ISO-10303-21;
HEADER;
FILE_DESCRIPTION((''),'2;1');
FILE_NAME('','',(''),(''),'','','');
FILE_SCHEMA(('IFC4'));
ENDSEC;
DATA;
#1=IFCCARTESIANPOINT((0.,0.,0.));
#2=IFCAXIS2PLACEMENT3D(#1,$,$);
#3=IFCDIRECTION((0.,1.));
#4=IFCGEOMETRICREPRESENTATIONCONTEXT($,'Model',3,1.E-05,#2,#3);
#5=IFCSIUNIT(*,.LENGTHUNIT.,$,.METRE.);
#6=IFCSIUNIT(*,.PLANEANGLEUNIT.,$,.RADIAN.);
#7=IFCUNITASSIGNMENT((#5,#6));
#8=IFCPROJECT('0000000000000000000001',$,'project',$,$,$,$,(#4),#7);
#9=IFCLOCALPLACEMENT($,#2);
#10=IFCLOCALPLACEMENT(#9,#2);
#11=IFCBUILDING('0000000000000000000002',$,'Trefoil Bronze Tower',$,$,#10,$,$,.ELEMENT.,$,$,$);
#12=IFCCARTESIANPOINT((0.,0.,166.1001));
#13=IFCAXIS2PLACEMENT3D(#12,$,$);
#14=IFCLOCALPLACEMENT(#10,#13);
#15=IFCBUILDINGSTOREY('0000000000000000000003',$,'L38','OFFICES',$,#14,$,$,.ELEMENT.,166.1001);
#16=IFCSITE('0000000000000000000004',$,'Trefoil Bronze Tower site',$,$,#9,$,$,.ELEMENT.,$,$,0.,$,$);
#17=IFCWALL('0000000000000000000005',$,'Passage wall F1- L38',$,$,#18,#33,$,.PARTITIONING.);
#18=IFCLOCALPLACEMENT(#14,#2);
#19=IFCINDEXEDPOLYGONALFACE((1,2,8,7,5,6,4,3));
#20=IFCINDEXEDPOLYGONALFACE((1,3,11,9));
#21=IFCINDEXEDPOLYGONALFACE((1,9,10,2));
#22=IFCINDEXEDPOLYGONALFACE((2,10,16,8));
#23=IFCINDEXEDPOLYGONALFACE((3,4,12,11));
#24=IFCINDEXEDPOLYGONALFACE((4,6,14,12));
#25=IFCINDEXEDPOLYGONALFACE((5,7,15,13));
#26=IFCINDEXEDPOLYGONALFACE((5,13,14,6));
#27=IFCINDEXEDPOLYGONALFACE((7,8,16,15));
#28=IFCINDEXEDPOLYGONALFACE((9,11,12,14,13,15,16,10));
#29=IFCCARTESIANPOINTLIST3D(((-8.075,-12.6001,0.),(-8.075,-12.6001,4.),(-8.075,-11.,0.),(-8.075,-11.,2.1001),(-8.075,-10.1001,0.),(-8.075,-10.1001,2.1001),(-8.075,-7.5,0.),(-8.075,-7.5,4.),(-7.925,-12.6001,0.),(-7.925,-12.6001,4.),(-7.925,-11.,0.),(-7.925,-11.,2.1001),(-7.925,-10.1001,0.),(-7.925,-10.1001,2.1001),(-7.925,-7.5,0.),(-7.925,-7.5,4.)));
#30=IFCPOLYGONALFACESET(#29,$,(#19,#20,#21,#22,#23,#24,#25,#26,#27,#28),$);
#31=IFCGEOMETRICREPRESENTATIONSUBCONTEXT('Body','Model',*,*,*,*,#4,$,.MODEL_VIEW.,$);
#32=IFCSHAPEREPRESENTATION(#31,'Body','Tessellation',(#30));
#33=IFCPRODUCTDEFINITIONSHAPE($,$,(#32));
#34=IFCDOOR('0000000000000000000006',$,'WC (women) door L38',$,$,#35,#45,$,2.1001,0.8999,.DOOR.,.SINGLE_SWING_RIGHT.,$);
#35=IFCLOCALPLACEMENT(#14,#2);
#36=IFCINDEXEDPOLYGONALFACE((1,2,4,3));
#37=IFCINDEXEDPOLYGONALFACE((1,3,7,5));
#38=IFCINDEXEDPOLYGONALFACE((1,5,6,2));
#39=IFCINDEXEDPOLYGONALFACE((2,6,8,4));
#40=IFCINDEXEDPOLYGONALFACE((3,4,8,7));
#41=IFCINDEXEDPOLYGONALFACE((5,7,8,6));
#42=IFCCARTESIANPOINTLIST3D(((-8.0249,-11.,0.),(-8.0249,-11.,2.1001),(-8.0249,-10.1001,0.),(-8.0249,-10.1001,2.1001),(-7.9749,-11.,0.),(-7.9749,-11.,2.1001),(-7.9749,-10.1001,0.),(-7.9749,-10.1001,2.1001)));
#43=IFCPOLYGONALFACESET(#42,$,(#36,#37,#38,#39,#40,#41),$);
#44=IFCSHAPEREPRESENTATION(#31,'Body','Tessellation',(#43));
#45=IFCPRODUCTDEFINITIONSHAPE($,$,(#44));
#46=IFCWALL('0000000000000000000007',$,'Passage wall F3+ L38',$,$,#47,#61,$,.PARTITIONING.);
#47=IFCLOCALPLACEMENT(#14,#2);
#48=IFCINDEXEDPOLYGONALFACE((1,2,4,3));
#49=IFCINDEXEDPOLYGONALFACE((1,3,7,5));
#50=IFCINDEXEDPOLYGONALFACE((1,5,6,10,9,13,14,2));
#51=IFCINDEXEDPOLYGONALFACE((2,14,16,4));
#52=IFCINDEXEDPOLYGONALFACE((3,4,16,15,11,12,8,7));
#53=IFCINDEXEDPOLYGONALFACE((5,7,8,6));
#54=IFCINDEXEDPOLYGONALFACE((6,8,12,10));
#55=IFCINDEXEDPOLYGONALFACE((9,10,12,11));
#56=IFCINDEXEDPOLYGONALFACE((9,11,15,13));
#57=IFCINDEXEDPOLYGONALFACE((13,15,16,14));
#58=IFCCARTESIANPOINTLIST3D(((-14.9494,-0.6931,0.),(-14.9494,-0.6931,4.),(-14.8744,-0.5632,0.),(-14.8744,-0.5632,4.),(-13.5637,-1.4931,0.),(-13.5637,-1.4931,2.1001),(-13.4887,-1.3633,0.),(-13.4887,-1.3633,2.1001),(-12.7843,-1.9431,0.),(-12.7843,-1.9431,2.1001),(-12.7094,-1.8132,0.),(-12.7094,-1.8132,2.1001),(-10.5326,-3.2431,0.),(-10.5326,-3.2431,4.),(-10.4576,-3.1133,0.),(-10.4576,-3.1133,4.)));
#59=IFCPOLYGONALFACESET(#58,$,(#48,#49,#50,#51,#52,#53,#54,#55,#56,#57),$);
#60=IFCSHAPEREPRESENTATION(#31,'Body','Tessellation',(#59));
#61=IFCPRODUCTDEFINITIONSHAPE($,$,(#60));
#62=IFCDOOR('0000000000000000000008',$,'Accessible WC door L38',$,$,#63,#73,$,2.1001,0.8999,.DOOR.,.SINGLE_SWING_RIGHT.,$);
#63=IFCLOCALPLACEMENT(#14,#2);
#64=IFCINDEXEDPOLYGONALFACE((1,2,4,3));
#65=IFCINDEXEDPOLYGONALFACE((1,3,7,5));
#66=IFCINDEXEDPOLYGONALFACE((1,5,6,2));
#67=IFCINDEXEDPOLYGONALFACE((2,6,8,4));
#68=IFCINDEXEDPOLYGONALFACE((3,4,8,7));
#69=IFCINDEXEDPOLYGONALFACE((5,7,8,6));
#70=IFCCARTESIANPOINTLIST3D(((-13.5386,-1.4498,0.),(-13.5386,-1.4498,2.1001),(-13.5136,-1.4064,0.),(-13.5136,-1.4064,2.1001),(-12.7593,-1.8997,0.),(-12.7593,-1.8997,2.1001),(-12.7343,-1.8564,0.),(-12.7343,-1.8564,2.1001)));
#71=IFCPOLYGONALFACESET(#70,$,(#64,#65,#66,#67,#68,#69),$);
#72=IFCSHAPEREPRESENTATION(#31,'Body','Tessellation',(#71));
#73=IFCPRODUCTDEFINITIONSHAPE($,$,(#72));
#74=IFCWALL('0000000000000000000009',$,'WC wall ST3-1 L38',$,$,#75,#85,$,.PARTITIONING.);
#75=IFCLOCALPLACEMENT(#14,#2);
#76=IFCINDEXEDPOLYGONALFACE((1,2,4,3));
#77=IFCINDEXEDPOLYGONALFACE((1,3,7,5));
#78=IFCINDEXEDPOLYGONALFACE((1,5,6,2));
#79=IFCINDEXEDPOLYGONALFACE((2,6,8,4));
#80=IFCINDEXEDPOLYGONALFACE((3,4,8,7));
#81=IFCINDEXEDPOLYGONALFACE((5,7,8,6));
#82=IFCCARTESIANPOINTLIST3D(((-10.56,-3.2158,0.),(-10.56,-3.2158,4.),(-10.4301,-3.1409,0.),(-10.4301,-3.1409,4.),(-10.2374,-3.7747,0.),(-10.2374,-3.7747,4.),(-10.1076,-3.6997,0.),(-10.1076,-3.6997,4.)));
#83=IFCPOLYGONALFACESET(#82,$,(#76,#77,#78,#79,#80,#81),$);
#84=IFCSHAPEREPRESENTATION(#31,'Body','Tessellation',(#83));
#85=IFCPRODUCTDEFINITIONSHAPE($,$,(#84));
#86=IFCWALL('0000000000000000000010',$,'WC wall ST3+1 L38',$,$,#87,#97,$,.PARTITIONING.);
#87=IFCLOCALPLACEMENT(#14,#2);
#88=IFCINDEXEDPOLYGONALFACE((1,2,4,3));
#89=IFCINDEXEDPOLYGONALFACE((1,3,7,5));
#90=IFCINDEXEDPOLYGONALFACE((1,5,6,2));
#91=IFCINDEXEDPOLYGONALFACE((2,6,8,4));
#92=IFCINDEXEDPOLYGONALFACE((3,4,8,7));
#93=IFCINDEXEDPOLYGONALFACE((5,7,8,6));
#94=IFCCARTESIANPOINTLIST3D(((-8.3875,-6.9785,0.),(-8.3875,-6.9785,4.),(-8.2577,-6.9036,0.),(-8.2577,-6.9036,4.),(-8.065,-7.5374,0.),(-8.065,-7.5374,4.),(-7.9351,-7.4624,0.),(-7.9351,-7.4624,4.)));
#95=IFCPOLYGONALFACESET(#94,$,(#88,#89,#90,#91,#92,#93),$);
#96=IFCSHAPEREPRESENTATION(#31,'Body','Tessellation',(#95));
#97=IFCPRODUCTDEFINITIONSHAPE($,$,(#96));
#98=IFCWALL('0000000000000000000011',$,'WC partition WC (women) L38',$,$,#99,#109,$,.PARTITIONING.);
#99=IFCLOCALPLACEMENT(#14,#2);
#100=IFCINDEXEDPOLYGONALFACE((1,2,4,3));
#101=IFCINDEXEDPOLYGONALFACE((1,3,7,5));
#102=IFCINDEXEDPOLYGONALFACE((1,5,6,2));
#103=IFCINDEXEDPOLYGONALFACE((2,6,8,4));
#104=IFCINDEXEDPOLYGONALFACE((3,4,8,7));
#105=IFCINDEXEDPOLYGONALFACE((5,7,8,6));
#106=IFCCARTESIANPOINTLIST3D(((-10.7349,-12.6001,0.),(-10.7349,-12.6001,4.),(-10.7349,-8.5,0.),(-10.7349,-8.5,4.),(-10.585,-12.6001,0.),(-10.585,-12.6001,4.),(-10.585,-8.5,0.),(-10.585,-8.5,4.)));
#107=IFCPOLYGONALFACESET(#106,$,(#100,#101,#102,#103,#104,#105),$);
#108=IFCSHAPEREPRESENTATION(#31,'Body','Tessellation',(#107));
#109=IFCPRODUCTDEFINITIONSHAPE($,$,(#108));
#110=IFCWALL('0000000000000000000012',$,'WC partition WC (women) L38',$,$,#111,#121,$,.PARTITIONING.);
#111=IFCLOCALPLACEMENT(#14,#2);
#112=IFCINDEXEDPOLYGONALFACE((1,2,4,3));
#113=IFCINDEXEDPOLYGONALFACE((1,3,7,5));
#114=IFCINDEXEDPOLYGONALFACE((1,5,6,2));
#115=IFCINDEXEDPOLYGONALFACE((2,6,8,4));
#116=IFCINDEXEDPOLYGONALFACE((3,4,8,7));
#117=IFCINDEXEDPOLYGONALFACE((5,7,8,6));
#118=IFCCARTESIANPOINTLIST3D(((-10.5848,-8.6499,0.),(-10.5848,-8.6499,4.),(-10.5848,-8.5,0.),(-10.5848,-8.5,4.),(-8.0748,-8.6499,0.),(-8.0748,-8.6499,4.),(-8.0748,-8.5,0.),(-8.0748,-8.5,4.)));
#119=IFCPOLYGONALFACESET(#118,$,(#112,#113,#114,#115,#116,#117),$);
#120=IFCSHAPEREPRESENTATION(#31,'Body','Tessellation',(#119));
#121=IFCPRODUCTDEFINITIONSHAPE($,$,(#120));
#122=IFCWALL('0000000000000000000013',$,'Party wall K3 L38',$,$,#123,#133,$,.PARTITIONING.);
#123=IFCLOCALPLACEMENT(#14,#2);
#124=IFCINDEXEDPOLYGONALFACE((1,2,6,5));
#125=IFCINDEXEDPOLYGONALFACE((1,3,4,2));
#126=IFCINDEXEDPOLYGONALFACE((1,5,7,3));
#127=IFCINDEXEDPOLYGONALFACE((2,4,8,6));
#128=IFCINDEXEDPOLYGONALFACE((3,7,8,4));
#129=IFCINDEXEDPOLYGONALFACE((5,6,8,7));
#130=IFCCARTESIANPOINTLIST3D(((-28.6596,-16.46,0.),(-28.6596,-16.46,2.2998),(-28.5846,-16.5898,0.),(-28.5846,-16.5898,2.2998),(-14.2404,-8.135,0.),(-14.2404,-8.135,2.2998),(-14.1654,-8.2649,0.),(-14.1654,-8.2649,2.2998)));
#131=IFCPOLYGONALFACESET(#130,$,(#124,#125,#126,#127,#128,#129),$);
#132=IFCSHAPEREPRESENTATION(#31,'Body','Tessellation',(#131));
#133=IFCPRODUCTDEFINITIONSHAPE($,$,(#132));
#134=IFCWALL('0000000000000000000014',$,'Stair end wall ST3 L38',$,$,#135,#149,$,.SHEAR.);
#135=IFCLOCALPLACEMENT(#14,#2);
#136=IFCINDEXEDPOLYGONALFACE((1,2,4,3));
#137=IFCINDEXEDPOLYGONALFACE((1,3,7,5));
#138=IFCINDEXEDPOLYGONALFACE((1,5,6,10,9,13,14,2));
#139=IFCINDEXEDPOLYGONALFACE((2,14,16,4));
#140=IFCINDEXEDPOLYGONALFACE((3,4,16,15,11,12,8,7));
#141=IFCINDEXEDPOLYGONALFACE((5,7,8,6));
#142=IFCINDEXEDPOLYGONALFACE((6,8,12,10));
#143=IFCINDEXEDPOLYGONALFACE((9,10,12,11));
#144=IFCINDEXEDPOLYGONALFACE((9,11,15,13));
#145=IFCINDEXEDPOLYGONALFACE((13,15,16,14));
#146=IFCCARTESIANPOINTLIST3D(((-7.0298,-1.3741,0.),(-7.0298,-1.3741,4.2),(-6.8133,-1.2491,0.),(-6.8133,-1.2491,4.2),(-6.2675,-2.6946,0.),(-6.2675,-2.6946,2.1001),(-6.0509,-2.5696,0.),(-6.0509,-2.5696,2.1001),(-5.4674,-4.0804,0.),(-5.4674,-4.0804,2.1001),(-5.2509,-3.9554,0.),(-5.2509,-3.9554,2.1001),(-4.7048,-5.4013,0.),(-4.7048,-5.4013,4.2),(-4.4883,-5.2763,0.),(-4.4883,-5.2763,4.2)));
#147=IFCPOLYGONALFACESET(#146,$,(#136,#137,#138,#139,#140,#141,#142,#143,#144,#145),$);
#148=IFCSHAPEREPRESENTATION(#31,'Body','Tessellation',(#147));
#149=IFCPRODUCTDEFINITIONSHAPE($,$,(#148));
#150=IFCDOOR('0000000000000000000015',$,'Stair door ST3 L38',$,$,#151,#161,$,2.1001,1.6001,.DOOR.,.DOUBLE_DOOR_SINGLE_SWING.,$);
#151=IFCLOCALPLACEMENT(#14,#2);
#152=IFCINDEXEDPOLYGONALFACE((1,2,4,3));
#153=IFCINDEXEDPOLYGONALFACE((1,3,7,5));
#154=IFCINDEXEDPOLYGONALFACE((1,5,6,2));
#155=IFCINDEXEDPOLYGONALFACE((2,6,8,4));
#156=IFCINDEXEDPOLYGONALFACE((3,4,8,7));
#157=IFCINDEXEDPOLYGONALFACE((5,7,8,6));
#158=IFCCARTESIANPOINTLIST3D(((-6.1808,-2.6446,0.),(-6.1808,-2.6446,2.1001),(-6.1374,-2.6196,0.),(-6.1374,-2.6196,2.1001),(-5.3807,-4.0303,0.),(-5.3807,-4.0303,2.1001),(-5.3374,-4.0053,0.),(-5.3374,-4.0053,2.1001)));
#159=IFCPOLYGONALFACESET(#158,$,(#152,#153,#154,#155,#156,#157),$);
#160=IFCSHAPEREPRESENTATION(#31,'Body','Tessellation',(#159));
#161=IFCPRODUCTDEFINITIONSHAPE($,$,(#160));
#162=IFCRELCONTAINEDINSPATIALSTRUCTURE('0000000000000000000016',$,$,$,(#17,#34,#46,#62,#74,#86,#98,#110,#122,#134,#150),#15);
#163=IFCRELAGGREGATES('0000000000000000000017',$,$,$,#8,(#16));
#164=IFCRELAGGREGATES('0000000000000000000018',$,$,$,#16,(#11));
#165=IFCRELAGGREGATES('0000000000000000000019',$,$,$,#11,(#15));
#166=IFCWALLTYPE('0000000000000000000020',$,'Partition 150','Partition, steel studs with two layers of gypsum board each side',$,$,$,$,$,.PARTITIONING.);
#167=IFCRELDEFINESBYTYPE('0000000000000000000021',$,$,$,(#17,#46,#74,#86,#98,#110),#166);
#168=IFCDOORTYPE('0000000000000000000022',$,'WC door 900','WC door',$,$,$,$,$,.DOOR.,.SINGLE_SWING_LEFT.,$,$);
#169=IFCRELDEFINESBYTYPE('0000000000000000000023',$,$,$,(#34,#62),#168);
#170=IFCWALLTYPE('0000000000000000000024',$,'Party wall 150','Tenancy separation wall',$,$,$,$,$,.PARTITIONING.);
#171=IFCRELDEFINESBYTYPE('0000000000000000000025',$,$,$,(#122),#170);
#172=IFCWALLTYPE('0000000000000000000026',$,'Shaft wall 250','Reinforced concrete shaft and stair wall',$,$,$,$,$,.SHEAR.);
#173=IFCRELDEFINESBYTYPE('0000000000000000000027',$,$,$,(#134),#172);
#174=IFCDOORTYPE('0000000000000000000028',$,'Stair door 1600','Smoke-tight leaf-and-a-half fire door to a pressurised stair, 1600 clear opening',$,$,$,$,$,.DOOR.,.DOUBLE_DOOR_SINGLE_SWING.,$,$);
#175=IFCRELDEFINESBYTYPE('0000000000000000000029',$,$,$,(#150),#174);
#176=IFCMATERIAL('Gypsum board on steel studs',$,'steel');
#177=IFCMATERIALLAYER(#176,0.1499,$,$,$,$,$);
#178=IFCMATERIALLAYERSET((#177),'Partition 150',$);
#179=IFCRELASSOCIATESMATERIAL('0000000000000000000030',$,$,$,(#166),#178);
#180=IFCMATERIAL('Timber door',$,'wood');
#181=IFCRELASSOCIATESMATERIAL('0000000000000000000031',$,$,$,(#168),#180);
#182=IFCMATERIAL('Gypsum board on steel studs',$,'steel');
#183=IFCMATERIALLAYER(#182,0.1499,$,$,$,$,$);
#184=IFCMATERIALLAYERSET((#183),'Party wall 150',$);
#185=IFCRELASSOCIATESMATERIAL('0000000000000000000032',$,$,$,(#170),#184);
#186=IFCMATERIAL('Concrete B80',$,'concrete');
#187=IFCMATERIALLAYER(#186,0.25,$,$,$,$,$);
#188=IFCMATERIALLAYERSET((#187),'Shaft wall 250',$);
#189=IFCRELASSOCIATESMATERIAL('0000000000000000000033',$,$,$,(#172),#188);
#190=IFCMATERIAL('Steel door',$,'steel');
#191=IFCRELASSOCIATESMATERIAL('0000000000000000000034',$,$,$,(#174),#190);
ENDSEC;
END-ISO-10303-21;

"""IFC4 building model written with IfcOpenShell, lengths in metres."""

from ifc_helpers import new_model, si_unit, direction, frame, frame_2d, origin, place, context, subcontext, project, spatial, rectangle, extrude, material, layer, layer_set, type_object, element, fill, save


model = new_model("IFC4")

# Units and contexts
model_context = context("Model", 3, precision=1e-05, world=origin(), true_north=direction((0.0, 1.0)))
body_context = subcontext(model_context, "Body", "Model", "MODEL_VIEW")
ifc_project = project(units=[si_unit("LENGTHUNIT", "METRE"), si_unit("PLANEANGLEUNIT", "RADIAN")], contexts=[model_context])

# Site, building, storey
site_placement = place(None, origin())
site = spatial("IfcSite", under=ifc_project, at=site_placement, Name="Trefoil Bronze Tower site", CompositionType="ELEMENT", RefElevation=0.0)
building_placement = place(site_placement, origin())
building = spatial("IfcBuilding", under=site, at=building_placement, Name="Trefoil Bronze Tower", CompositionType="ELEMENT")
storey_placement = place(building_placement, frame((0.0, 0.0, 166.1001)))
storey = spatial("IfcBuildingStorey", under=building, at=storey_placement, Name="L38", Description="OFFICES", CompositionType="ELEMENT", Elevation=166.1001)

# Walls, openings, doors
ifc_material_1 = material(Name="Gypsum board on steel studs", Category="steel")
ifc_layer_1 = layer(ifc_material_1, 0.1499)
ifc_layer_set_1 = layer_set([ifc_layer_1], Name="Partition 150")
wall_type_1 = type_object("IfcWallType", Name="Partition 150", Description="Partition, steel studs with two layers of gypsum board each side", PredefinedType="PARTITIONING", material=ifc_layer_set_1)
wall_1_placement = place(storey_placement, frame((-8.0, -7.5, 0.0), z_axis=(0.0, 0.0, 1.0), x_axis=(0.0, -1.0, 0.0)))
wall_1 = element("IfcWall", 1, at=wall_1_placement, inside=storey, type_object=wall_type_1, Name="Passage wall F1- L38", PredefinedType="PARTITIONING", context=body_context, shape_type="SweptSolid", body=[
    extrude(rectangle(XDim=5.1001, YDim=0.1499, at=frame_2d((2.55, 0.0))), origin(), (0.0, 0.0, 1.0), 4.0),
])
opening_1_placement = place(wall_1_placement, frame((2.6001, 0.0, 0.0)))
opening_1 = element("IfcOpeningElement", 2, at=opening_1_placement, cuts=wall_1, PredefinedType="OPENING", context=body_context, shape_type="SweptSolid", body=[
    extrude(rectangle(XDim=0.8999, YDim=2.1001, at=frame_2d((0.45, 1.05))), frame((0.0, 0.085, 0.0), z_axis=(0.0, -1.0, 0.0), x_axis=(1.0, 0.0, 0.0)), (0.0, 0.0, 1.0), 0.1699),
])
ifc_material_2 = material(Name="Timber door", Category="wood")
door_type_1 = type_object("IfcDoorType", Name="WC door 900", Description="WC door", OperationType="SINGLE_SWING_LEFT", PredefinedType="DOOR", material=ifc_material_2)
door_1_placement = place(opening_1_placement, frame((0.8999, 0.0, 0.0), z_axis=(0.0, 0.0, 1.0), x_axis=(-1.0, 0.0, 0.0)))
door_1 = element("IfcDoor", 3, at=door_1_placement, inside=storey, type_object=door_type_1, Name="WC (women) door L38", OperationType="SINGLE_SWING_RIGHT", OverallHeight=2.1001, OverallWidth=0.8999, PredefinedType="DOOR", context=body_context, shape_type="SweptSolid", body=[
    extrude(rectangle(XDim=0.8999, YDim=2.1001, at=frame_2d((0.45, 1.05))), frame((0.0, 0.0249, 0.0), z_axis=(0.0, -1.0, 0.0), x_axis=(1.0, 0.0, 0.0)), (0.0, 0.0, 1.0), 0.05),
])
fill(opening_1, door_1)
wall_2_placement = place(storey_placement, frame((-10.4951, -3.1782, 0.0), z_axis=(0.0, 0.0, 1.0), x_axis=(-0.866022, 0.500006, 0.0)))
wall_2 = element("IfcWall", 4, at=wall_2_placement, inside=storey, type_object=wall_type_1, Name="Passage wall F3+ L38", PredefinedType="PARTITIONING", context=body_context, shape_type="SweptSolid", body=[
    extrude(rectangle(XDim=5.1001, YDim=0.1499, at=frame_2d((2.55, 0.0))), origin(), (0.0, 0.0, 1.0), 4.0),
])
opening_2_placement = place(wall_2_placement, frame((2.6001, 0.0, 0.0)))
opening_2 = element("IfcOpeningElement", 5, at=opening_2_placement, cuts=wall_2, PredefinedType="OPENING", context=body_context, shape_type="SweptSolid", body=[
    extrude(rectangle(XDim=0.8999, YDim=2.1001, at=frame_2d((0.45, 1.05))), frame((0.0, 0.085, 0.0), z_axis=(0.0, -1.0, 0.0), x_axis=(1.0, 0.0, 0.0)), (0.0, 0.0, 1.0), 0.1699),
])
door_2_placement = place(opening_2_placement, origin())
door_2 = element("IfcDoor", 6, at=door_2_placement, inside=storey, type_object=door_type_1, Name="Accessible WC door L38", OperationType="SINGLE_SWING_RIGHT", OverallHeight=2.1001, OverallWidth=0.8999, PredefinedType="DOOR", context=body_context, shape_type="SweptSolid", body=[
    extrude(rectangle(XDim=0.8999, YDim=2.1001, at=frame_2d((0.45, 1.05))), frame((0.0, 0.0249, 0.0), z_axis=(0.0, -1.0, 0.0), x_axis=(1.0, 0.0, 0.0)), (0.0, 0.0, 1.0), 0.05),
])
fill(opening_2, door_2)

# Walls
for number, where, z_axis, x_axis, name in (
    (7, (-10.4951, -3.1782, 0.0), (0.0, 0.0, 1.0), (0.499843, -0.866116, 0.0), "WC wall ST3-1 L38"),
    (8, (-8.0, -7.5, 0.0), (0.0, 0.0, 1.0), (-0.499843, 0.866116, 0.0), "WC wall ST3+1 L38"),
):
    element("IfcWall", number, at=place(storey_placement, frame(where, z_axis=z_axis, x_axis=x_axis)), inside=storey, type_object=wall_type_1, Name=name, PredefinedType="PARTITIONING", context=body_context, shape_type="SweptSolid", body=[
        extrude(rectangle(XDim=0.6453, YDim=0.1499, at=frame_2d((0.3228, 0.0))), origin(), (0.0, 0.0, 1.0), 4.0),
    ])
wall_3_placement = place(storey_placement, frame((-10.6599, -8.5, 0.0), z_axis=(0.0, 0.0, 1.0), x_axis=(0.0, -1.0, 0.0)))
element("IfcWall", 9, at=wall_3_placement, inside=storey, type_object=wall_type_1, Name="WC partition WC (women) L38", PredefinedType="PARTITIONING", context=body_context, shape_type="SweptSolid", body=[
    extrude(rectangle(XDim=4.1001, YDim=0.1499, at=frame_2d((2.05, 0.0))), origin(), (0.0, 0.0, 1.0), 4.0),
])
wall_4_placement = place(storey_placement, frame((-8.075, -8.575, 0.0), z_axis=(0.0, 0.0, 1.0), x_axis=(-1.0, 0.0, 0.0)))
element("IfcWall", 10, at=wall_4_placement, inside=storey, type_object=wall_type_1, Name="WC partition WC (women) L38", PredefinedType="PARTITIONING", context=body_context, shape_type="SweptSolid", body=[
    extrude(rectangle(XDim=2.51, YDim=0.1499, at=frame_2d((1.2549, 0.0))), origin(), (0.0, 0.0, 1.0), 4.0),
])
ifc_material_3 = material(Name="Gypsum board on steel studs", Category="steel")
ifc_layer_2 = layer(ifc_material_3, 0.1499)
ifc_layer_set_2 = layer_set([ifc_layer_2], Name="Party wall 150")
wall_type_2 = type_object("IfcWallType", Name="Party wall 150", Description="Tenancy separation wall", PredefinedType="PARTITIONING", material=ifc_layer_set_2)
wall_5_placement = place(storey_placement, frame((-14.2029, -8.2, 0.0), z_axis=(0.0, 0.0, 1.0), x_axis=(-0.866025, -0.500001, 0.0)))
element("IfcWall", 11, at=wall_5_placement, inside=storey, type_object=wall_type_2, Name="Party wall K3 L38", PredefinedType="PARTITIONING", context=body_context, shape_type="SweptSolid", body=[
    extrude(rectangle(XDim=16.6499, YDim=0.1499, at=frame_2d((8.325, 0.0))), origin(), (0.0, 0.0, 1.0), 2.2998),
])

# Wall, opening, door
ifc_material_4 = material(Name="Concrete B80", Category="concrete")
ifc_layer_3 = layer(ifc_material_4, 0.25)
ifc_layer_set_3 = layer_set([ifc_layer_3], Name="Shaft wall 250")
wall_type_3 = type_object("IfcWallType", Name="Shaft wall 250", Description="Reinforced concrete shaft and stair wall", PredefinedType="SHEAR", material=ifc_layer_set_3)
wall_6_placement = place(storey_placement, frame((-6.9216, -1.3115, 0.0), z_axis=(0.0, 0.0, 1.0), x_axis=(0.499985, -0.866034, 0.0)))
wall_6 = element("IfcWall", 12, at=wall_6_placement, inside=storey, type_object=wall_type_3, Name="Stair end wall ST3 L38", PredefinedType="SHEAR", context=body_context, shape_type="SweptSolid", body=[
    extrude(rectangle(XDim=4.6501, YDim=0.25, at=frame_2d((2.3252, 0.0))), origin(), (0.0, 0.0, 1.0), 4.2),
])
opening_3_placement = place(wall_6_placement, frame((1.5249, 0.0, 0.0)))
opening_3 = element("IfcOpeningElement", 13, at=opening_3_placement, cuts=wall_6, PredefinedType="OPENING", context=body_context, shape_type="SweptSolid", body=[
    extrude(rectangle(XDim=1.6001, YDim=2.1001, at=frame_2d((0.8, 1.05))), frame((0.0, 0.135, 0.0), z_axis=(0.0, -1.0, 0.0), x_axis=(1.0, 0.0, 0.0)), (0.0, 0.0, 1.0), 0.27),
])
ifc_material_5 = material(Name="Steel door", Category="steel")
door_type_2 = type_object("IfcDoorType", Name="Stair door 1600", Description="Smoke-tight leaf-and-a-half fire door to a pressurised stair, 1600 clear opening", OperationType="DOUBLE_DOOR_SINGLE_SWING", PredefinedType="DOOR", material=ifc_material_5)
door_3_placement = place(opening_3_placement, frame((1.6001, 0.0, 0.0), z_axis=(0.0, 0.0, 1.0), x_axis=(-1.0, 0.0, 0.0)))
door_3 = element("IfcDoor", 14, at=door_3_placement, inside=storey, type_object=door_type_2, Name="Stair door ST3 L38", OperationType="DOUBLE_DOOR_SINGLE_SWING", OverallHeight=2.1001, OverallWidth=1.6001, PredefinedType="DOOR", context=body_context, shape_type="SweptSolid", body=[
    extrude(rectangle(XDim=1.6001, YDim=2.1001, at=frame_2d((0.8, 1.05))), frame((0.0, 0.0249, 0.0), z_axis=(0.0, -1.0, 0.0), x_axis=(1.0, 0.0, 0.0)), (0.0, 0.0, 1.0), 0.05),
])
fill(opening_3, door_3)

save(model, "model.ifc")
